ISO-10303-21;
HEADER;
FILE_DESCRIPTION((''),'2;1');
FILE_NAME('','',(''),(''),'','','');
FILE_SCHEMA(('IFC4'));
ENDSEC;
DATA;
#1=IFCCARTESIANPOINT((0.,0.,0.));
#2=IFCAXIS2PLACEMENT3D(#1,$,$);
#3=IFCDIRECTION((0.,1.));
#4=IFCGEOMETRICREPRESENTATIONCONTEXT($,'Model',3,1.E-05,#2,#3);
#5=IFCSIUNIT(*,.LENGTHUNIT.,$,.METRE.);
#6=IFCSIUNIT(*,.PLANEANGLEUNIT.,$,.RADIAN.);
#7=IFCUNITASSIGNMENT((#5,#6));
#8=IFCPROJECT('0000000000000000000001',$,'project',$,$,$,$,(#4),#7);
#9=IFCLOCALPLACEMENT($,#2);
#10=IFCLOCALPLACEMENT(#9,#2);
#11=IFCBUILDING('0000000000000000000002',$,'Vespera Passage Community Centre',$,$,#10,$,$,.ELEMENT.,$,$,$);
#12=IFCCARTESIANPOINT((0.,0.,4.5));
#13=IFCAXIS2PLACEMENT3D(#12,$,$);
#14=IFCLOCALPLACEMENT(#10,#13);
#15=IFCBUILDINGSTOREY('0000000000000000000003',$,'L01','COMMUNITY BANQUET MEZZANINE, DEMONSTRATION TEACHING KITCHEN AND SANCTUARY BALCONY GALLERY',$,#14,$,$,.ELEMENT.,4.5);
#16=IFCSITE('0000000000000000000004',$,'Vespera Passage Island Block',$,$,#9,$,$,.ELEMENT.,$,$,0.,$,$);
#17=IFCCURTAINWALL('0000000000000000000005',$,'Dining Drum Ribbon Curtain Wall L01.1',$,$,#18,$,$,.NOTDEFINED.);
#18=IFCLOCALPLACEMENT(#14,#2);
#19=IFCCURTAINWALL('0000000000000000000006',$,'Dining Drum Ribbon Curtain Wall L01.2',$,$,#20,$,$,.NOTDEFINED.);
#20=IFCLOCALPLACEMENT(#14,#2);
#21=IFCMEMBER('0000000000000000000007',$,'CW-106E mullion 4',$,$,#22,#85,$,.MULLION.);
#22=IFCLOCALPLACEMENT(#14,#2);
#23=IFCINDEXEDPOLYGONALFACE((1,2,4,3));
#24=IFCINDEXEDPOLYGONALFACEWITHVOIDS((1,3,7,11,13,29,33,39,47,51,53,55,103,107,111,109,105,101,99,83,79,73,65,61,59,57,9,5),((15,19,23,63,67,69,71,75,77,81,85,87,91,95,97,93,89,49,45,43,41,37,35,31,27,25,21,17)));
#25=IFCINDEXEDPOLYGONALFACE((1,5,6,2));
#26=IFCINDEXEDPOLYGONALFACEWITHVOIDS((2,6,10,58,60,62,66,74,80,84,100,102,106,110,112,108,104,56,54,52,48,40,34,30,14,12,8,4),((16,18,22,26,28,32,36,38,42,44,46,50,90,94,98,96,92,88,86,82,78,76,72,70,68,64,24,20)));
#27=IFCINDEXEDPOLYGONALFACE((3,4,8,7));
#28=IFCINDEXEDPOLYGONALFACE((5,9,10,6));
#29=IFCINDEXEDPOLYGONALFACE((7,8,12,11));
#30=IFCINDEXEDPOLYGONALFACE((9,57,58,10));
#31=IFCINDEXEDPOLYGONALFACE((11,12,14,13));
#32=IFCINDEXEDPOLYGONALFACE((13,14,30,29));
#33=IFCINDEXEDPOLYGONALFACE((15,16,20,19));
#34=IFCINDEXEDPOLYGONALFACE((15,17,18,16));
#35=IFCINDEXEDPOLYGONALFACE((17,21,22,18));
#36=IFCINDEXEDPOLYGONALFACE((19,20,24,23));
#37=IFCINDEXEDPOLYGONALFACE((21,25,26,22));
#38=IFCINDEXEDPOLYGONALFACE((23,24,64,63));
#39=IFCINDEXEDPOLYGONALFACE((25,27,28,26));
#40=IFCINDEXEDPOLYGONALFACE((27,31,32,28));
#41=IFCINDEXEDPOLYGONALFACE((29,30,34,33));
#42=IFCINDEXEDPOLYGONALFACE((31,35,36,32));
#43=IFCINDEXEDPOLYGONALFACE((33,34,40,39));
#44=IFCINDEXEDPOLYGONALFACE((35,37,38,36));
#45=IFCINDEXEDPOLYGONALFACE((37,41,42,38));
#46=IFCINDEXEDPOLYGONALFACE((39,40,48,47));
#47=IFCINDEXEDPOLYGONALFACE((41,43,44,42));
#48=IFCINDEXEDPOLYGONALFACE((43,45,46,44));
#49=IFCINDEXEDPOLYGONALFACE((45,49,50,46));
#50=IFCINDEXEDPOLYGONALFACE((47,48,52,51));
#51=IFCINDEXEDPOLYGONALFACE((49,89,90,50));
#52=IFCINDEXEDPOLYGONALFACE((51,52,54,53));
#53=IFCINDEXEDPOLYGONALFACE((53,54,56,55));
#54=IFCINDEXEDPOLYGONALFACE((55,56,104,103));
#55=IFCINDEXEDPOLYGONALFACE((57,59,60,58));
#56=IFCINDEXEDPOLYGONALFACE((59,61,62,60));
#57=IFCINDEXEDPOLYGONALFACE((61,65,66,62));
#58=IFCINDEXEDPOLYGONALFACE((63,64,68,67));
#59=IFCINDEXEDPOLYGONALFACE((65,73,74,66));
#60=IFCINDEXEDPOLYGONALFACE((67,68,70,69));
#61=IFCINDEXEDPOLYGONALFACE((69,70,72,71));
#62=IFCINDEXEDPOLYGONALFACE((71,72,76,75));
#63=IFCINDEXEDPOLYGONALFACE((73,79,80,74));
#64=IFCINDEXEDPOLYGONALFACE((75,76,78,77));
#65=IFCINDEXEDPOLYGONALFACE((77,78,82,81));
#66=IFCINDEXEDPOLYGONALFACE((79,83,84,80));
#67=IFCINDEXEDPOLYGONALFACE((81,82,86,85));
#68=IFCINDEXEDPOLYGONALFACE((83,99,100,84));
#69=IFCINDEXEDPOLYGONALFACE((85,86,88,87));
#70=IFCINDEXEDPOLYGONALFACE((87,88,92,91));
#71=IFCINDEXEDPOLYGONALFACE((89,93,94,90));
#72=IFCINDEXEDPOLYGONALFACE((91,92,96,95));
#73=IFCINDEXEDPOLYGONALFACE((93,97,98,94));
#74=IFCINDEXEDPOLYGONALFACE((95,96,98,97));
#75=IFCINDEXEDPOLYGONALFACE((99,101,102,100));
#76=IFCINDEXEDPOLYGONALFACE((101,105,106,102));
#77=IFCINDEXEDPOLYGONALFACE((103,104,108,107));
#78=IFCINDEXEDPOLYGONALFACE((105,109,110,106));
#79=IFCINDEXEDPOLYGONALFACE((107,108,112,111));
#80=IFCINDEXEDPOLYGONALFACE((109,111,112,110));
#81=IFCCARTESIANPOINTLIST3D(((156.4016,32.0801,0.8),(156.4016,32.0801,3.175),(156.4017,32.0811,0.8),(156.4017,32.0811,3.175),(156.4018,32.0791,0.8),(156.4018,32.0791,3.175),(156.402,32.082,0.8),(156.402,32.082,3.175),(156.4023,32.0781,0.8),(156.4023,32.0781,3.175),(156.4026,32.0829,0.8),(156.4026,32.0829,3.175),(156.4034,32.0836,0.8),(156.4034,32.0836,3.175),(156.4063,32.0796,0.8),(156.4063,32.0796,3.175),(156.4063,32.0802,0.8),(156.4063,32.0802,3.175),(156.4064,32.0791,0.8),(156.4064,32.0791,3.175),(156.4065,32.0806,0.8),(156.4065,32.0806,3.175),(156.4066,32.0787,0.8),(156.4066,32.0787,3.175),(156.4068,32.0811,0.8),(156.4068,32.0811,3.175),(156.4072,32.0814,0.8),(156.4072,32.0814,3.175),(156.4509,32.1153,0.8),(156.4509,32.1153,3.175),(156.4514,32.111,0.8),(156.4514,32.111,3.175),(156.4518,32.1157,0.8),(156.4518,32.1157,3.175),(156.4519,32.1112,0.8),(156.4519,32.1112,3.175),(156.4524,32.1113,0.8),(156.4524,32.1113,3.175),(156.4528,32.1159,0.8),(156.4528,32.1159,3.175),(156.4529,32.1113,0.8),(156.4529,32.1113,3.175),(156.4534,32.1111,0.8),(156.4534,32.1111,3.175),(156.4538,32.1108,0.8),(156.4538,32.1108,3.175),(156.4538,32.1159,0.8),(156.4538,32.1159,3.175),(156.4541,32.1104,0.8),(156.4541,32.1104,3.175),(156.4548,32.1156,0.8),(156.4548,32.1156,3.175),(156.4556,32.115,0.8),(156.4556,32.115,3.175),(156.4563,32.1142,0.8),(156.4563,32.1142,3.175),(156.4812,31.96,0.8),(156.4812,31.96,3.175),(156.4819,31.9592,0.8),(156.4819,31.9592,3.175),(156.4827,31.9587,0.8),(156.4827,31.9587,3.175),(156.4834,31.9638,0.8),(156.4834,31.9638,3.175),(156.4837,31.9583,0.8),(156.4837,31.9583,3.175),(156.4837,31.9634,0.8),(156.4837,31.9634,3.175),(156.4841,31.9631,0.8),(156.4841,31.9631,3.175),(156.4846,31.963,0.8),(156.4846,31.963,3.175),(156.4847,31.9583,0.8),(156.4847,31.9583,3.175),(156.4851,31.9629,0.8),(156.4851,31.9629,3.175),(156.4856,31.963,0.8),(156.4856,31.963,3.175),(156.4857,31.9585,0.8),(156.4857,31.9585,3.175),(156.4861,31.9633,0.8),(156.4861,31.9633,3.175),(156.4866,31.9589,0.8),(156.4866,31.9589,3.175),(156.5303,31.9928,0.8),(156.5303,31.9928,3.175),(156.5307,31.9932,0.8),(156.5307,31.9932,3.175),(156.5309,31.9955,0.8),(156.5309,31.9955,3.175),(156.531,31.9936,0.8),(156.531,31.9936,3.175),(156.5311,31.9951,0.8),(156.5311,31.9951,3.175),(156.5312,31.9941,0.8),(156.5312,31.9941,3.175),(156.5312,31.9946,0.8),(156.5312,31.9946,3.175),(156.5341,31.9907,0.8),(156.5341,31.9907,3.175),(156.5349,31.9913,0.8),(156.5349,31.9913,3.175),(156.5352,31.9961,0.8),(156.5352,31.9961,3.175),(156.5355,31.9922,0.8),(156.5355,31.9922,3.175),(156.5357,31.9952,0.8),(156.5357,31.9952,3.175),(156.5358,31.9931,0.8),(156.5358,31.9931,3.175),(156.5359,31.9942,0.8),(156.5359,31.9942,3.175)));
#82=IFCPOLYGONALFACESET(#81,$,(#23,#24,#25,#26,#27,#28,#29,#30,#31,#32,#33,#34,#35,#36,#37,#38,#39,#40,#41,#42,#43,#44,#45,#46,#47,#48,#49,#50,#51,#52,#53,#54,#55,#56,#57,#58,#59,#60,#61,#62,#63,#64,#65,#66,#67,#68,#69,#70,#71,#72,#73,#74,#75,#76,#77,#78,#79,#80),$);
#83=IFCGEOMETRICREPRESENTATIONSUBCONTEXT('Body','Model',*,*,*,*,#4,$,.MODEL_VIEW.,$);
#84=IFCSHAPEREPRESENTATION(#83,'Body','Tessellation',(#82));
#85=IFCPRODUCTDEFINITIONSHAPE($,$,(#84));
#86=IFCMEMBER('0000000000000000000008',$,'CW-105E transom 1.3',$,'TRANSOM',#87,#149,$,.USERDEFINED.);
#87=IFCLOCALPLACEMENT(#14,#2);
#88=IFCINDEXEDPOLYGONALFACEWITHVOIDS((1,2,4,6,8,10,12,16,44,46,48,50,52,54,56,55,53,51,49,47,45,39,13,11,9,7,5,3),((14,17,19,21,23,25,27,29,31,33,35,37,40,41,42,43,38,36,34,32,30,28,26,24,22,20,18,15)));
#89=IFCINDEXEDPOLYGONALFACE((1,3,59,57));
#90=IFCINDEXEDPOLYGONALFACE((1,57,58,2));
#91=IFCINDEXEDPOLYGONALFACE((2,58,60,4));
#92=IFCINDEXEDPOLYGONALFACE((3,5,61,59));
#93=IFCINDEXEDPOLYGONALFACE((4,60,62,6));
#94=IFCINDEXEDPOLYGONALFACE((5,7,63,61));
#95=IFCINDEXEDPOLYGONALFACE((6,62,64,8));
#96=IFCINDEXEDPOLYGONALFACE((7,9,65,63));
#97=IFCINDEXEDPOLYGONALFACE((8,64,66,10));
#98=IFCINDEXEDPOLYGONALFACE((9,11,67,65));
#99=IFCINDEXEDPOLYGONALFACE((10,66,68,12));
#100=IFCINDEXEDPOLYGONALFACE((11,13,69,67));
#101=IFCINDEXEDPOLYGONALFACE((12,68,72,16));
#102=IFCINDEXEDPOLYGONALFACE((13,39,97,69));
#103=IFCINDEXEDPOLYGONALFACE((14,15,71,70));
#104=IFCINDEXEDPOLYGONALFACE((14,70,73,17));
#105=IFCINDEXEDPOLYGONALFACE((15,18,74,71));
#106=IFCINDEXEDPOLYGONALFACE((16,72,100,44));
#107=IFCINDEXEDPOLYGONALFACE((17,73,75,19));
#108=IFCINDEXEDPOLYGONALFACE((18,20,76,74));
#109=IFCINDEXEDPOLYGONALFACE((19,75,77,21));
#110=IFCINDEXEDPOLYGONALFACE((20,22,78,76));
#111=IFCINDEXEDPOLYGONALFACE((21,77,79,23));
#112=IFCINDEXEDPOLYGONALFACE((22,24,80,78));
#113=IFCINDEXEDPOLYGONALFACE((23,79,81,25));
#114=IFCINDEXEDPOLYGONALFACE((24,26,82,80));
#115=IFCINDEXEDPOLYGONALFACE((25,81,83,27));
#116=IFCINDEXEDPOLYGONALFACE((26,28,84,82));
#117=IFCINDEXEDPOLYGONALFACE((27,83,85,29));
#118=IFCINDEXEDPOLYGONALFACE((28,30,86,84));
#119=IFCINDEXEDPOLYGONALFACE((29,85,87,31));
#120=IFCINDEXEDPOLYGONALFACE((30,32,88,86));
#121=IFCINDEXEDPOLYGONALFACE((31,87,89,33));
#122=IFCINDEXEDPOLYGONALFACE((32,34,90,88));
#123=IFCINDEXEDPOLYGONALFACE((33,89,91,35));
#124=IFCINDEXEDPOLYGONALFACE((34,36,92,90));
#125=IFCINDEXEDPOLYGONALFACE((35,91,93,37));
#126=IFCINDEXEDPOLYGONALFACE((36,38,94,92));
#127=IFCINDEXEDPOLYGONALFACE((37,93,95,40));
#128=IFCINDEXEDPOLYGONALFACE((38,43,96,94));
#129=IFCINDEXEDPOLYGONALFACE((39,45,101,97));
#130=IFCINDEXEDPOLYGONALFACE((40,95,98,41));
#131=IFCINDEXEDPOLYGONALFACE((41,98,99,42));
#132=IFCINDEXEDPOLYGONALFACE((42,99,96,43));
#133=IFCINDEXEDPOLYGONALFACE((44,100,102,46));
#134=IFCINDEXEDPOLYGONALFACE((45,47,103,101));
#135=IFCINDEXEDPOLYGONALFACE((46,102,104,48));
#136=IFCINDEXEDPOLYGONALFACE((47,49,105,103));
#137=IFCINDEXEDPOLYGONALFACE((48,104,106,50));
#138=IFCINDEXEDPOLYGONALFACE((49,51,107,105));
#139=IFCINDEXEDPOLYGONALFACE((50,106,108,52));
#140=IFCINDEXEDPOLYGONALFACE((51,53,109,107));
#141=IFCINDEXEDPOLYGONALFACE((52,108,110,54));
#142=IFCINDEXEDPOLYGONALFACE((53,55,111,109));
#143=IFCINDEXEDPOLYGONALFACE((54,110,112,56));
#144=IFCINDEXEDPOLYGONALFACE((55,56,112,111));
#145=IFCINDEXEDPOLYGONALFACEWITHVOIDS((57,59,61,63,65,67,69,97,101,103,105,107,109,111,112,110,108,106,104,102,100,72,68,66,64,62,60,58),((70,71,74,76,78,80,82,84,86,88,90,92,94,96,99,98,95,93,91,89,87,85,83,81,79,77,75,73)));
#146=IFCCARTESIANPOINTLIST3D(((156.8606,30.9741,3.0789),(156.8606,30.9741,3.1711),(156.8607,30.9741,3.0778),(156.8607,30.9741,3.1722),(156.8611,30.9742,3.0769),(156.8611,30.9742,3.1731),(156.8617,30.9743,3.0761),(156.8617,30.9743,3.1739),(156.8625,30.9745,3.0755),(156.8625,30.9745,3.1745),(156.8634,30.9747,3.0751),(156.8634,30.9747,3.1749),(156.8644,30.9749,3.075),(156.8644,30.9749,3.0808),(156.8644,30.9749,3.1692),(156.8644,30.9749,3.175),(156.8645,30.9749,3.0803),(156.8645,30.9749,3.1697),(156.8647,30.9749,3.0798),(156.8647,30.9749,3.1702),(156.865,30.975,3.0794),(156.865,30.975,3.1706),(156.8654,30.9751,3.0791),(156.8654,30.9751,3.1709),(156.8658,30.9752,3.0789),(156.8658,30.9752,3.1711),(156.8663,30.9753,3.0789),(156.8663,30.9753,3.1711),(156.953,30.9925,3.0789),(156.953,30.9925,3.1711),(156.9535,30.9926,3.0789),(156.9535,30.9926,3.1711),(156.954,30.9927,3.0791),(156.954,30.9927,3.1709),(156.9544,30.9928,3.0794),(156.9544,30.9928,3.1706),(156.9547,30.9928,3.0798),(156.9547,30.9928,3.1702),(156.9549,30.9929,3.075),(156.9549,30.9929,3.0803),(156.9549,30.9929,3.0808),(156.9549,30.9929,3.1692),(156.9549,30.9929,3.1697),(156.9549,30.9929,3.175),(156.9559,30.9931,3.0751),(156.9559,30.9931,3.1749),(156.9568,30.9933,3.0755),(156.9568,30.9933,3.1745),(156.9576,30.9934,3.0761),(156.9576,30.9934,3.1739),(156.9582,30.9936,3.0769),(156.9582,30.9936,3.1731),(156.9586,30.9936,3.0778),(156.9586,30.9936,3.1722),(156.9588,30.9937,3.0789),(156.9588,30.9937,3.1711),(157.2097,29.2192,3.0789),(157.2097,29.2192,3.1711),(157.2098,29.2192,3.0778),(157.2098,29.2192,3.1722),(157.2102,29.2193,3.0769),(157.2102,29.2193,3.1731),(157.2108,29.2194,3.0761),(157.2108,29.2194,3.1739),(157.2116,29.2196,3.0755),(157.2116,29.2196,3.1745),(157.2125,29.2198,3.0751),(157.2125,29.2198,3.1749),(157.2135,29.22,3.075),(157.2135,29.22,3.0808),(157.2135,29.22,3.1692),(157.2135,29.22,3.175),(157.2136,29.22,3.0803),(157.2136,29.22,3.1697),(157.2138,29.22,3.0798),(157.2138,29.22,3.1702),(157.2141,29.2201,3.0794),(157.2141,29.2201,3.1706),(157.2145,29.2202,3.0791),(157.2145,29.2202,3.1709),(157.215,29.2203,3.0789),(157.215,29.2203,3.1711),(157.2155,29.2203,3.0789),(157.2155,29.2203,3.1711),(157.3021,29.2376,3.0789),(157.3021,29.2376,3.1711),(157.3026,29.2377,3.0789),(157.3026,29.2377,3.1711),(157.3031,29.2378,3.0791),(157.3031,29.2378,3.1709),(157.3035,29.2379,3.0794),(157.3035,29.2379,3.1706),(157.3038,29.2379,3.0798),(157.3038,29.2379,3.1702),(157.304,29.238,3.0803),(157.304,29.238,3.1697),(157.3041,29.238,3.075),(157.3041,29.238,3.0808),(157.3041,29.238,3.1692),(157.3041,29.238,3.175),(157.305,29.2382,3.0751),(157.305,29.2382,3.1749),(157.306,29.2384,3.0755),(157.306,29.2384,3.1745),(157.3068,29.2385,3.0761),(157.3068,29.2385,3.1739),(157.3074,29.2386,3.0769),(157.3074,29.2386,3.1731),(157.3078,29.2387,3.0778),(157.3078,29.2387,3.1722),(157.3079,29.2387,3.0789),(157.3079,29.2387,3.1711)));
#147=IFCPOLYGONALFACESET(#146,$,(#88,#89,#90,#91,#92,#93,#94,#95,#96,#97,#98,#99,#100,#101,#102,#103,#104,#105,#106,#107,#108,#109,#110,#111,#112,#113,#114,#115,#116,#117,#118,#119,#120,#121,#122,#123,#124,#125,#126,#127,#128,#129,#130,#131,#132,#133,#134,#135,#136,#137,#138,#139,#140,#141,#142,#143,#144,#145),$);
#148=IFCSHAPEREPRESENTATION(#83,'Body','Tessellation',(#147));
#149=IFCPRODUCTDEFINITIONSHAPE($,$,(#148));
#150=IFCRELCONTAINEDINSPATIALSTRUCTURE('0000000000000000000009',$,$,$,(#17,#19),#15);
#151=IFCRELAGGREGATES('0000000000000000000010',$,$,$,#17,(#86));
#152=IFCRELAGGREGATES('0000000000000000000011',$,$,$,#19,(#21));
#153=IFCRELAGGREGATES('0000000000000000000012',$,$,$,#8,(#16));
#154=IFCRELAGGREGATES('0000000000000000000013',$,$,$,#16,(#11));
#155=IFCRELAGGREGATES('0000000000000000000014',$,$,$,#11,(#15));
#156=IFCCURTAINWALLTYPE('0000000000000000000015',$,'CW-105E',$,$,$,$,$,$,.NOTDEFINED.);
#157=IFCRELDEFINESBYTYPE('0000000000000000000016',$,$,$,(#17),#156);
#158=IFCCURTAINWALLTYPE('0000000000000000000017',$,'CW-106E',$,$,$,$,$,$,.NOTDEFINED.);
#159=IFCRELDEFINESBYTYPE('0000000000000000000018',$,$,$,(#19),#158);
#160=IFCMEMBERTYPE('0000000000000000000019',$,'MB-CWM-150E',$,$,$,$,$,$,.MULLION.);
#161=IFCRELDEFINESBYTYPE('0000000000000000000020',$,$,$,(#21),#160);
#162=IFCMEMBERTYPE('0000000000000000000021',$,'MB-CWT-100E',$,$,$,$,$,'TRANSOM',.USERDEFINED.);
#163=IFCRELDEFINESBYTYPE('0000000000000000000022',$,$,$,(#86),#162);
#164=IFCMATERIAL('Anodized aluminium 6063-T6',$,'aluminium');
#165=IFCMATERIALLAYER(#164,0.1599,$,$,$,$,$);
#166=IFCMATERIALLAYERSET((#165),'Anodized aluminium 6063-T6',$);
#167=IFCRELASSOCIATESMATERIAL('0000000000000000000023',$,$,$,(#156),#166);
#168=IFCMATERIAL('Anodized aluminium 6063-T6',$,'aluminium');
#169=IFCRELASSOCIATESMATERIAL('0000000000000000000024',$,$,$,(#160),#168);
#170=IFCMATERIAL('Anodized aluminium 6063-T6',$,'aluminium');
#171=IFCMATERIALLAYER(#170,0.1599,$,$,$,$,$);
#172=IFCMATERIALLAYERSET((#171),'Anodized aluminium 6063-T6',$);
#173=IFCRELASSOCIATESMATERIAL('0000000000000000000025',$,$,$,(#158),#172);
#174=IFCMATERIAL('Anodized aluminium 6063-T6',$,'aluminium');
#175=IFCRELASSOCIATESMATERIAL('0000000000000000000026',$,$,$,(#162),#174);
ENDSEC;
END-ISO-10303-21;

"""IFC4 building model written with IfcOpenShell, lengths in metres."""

from ifc_helpers import new_model, si_unit, direction, frame, origin, origin_2d, place, context, subcontext, project, spatial, hollow_rectangle, extrude, material, layer, layer_set, material_profile, profile_set, type_object, element, aggregate, save


model = new_model("IFC4")

# Units and contexts
model_context = context("Model", 3, precision=1e-05, world=origin(), true_north=direction((0.0, 1.0)))
body_context = subcontext(model_context, "Body", "Model", "MODEL_VIEW")
ifc_project = project(units=[si_unit("LENGTHUNIT", "METRE"), si_unit("PLANEANGLEUNIT", "RADIAN")], contexts=[model_context])

# Site, building, storey
site_placement = place(None, origin())
site = spatial("IfcSite", under=ifc_project, at=site_placement, Name="Vespera Passage Island Block", CompositionType="ELEMENT", RefElevation=0.0)
building_placement = place(site_placement, origin())
building = spatial("IfcBuilding", under=site, at=building_placement, Name="Vespera Passage Community Centre", CompositionType="ELEMENT")
storey_placement = place(building_placement, frame((0.0, 0.0, 4.5)))
storey = spatial("IfcBuildingStorey", under=building, at=storey_placement, Name="L01", Description="COMMUNITY BANQUET MEZZANINE, DEMONSTRATION TEACHING KITCHEN AND SANCTUARY BALCONY GALLERY", CompositionType="ELEMENT", Elevation=4.5)

# Curtain wall
ifc_material_1 = material(Name="Anodized aluminium 6063-T6", Category="aluminium")
ifc_layer_1 = layer(ifc_material_1, 0.1599)
ifc_layer_set_1 = layer_set([ifc_layer_1], Name="Anodized aluminium 6063-T6")
curtain_wall_type_1 = type_object("IfcCurtainWallType", Name="CW-105E", PredefinedType="NOTDEFINED", material=ifc_layer_set_1)
curtain_wall_1_placement = place(storey_placement, origin())
curtain_wall_1 = element("IfcCurtainWall", 1, at=curtain_wall_1_placement, inside=storey, type_object=curtain_wall_type_1, Name="Dining Drum Ribbon Curtain Wall L01.1", PredefinedType="NOTDEFINED")
ifc_material_2 = material(Name="Anodized aluminium 6063-T6", Category="aluminium")
ifc_material_profile_1 = material_profile(ifc_material_2, hollow_rectangle(XDim=0.0649, YDim=0.1499, WallThickness=0.0039, InnerFilletRadius=0.002, OuterFilletRadius=0.0039, at=origin_2d()), Name="ALU150X65X4")
ifc_profile_set_1 = profile_set([ifc_material_profile_1], Name="Anodized aluminium 6063-T6")
member_type_1 = type_object("IfcMemberType", Name="MB-CWM-150E", PredefinedType="MULLION", material=ifc_profile_set_1)

# Curtain wall, member
ifc_material_3 = material(Name="Anodized aluminium 6063-T6", Category="aluminium")
ifc_layer_2 = layer(ifc_material_3, 0.1599)
ifc_layer_set_2 = layer_set([ifc_layer_2], Name="Anodized aluminium 6063-T6")
curtain_wall_type_2 = type_object("IfcCurtainWallType", Name="CW-106E", PredefinedType="NOTDEFINED", material=ifc_layer_set_2)
curtain_wall_2_placement = place(storey_placement, origin())
curtain_wall_2 = element("IfcCurtainWall", 2, at=curtain_wall_2_placement, inside=storey, type_object=curtain_wall_type_2, Name="Dining Drum Ribbon Curtain Wall L01.2", PredefinedType="NOTDEFINED")
member_1_placement = place(storey_placement, frame((156.4688, 32.0371, 0.8), z_axis=(0.0, 0.0, 1.0), x_axis=(0.831473, 0.555565, 0.0)))
member_1 = element("IfcMember", 3, at=member_1_placement, type_object=member_type_1, Name="CW-106E mullion 4", PredefinedType="MULLION", context=body_context, shape_type="SweptSolid", body=[
    extrude(hollow_rectangle(XDim=0.0649, YDim=0.1499, WallThickness=0.0039, InnerFilletRadius=0.002, OuterFilletRadius=0.0039, at=origin_2d()), origin(), (0.0, 0.0, 1.0), 2.375),
])

# Member
ifc_material_4 = material(Name="Anodized aluminium 6063-T6", Category="aluminium")
ifc_material_profile_2 = material_profile(ifc_material_4, hollow_rectangle(XDim=0.1001, YDim=0.1001, WallThickness=0.0039, InnerFilletRadius=0.002, OuterFilletRadius=0.0039, at=origin_2d()), Name="ALU100X100X4")
ifc_profile_set_2 = profile_set([ifc_material_profile_2], Name="Anodized aluminium 6063-T6")
member_type_2 = type_object("IfcMemberType", Name="MB-CWT-100E", ElementType="TRANSOM", PredefinedType="USERDEFINED", material=ifc_profile_set_2)
member_2_placement = place(storey_placement, frame((156.9097, 30.9839, 3.125), z_axis=(0.195119, -0.98078, 0.0), x_axis=(0.98078, 0.195119, 0.0)))
member_2 = element("IfcMember", 4, at=member_2_placement, type_object=member_type_2, Name="CW-105E transom 1.3", ObjectType="TRANSOM", PredefinedType="USERDEFINED", context=body_context, shape_type="SweptSolid", body=[
    extrude(hollow_rectangle(XDim=0.1001, YDim=0.1001, WallThickness=0.0039, InnerFilletRadius=0.002, OuterFilletRadius=0.0039, at=origin_2d()), origin(), (0.0, 0.0, 1.0), 1.7893),
])
aggregate(curtain_wall_1, [member_2])

aggregate(curtain_wall_2, [member_1])

save(model, "model.ifc")
